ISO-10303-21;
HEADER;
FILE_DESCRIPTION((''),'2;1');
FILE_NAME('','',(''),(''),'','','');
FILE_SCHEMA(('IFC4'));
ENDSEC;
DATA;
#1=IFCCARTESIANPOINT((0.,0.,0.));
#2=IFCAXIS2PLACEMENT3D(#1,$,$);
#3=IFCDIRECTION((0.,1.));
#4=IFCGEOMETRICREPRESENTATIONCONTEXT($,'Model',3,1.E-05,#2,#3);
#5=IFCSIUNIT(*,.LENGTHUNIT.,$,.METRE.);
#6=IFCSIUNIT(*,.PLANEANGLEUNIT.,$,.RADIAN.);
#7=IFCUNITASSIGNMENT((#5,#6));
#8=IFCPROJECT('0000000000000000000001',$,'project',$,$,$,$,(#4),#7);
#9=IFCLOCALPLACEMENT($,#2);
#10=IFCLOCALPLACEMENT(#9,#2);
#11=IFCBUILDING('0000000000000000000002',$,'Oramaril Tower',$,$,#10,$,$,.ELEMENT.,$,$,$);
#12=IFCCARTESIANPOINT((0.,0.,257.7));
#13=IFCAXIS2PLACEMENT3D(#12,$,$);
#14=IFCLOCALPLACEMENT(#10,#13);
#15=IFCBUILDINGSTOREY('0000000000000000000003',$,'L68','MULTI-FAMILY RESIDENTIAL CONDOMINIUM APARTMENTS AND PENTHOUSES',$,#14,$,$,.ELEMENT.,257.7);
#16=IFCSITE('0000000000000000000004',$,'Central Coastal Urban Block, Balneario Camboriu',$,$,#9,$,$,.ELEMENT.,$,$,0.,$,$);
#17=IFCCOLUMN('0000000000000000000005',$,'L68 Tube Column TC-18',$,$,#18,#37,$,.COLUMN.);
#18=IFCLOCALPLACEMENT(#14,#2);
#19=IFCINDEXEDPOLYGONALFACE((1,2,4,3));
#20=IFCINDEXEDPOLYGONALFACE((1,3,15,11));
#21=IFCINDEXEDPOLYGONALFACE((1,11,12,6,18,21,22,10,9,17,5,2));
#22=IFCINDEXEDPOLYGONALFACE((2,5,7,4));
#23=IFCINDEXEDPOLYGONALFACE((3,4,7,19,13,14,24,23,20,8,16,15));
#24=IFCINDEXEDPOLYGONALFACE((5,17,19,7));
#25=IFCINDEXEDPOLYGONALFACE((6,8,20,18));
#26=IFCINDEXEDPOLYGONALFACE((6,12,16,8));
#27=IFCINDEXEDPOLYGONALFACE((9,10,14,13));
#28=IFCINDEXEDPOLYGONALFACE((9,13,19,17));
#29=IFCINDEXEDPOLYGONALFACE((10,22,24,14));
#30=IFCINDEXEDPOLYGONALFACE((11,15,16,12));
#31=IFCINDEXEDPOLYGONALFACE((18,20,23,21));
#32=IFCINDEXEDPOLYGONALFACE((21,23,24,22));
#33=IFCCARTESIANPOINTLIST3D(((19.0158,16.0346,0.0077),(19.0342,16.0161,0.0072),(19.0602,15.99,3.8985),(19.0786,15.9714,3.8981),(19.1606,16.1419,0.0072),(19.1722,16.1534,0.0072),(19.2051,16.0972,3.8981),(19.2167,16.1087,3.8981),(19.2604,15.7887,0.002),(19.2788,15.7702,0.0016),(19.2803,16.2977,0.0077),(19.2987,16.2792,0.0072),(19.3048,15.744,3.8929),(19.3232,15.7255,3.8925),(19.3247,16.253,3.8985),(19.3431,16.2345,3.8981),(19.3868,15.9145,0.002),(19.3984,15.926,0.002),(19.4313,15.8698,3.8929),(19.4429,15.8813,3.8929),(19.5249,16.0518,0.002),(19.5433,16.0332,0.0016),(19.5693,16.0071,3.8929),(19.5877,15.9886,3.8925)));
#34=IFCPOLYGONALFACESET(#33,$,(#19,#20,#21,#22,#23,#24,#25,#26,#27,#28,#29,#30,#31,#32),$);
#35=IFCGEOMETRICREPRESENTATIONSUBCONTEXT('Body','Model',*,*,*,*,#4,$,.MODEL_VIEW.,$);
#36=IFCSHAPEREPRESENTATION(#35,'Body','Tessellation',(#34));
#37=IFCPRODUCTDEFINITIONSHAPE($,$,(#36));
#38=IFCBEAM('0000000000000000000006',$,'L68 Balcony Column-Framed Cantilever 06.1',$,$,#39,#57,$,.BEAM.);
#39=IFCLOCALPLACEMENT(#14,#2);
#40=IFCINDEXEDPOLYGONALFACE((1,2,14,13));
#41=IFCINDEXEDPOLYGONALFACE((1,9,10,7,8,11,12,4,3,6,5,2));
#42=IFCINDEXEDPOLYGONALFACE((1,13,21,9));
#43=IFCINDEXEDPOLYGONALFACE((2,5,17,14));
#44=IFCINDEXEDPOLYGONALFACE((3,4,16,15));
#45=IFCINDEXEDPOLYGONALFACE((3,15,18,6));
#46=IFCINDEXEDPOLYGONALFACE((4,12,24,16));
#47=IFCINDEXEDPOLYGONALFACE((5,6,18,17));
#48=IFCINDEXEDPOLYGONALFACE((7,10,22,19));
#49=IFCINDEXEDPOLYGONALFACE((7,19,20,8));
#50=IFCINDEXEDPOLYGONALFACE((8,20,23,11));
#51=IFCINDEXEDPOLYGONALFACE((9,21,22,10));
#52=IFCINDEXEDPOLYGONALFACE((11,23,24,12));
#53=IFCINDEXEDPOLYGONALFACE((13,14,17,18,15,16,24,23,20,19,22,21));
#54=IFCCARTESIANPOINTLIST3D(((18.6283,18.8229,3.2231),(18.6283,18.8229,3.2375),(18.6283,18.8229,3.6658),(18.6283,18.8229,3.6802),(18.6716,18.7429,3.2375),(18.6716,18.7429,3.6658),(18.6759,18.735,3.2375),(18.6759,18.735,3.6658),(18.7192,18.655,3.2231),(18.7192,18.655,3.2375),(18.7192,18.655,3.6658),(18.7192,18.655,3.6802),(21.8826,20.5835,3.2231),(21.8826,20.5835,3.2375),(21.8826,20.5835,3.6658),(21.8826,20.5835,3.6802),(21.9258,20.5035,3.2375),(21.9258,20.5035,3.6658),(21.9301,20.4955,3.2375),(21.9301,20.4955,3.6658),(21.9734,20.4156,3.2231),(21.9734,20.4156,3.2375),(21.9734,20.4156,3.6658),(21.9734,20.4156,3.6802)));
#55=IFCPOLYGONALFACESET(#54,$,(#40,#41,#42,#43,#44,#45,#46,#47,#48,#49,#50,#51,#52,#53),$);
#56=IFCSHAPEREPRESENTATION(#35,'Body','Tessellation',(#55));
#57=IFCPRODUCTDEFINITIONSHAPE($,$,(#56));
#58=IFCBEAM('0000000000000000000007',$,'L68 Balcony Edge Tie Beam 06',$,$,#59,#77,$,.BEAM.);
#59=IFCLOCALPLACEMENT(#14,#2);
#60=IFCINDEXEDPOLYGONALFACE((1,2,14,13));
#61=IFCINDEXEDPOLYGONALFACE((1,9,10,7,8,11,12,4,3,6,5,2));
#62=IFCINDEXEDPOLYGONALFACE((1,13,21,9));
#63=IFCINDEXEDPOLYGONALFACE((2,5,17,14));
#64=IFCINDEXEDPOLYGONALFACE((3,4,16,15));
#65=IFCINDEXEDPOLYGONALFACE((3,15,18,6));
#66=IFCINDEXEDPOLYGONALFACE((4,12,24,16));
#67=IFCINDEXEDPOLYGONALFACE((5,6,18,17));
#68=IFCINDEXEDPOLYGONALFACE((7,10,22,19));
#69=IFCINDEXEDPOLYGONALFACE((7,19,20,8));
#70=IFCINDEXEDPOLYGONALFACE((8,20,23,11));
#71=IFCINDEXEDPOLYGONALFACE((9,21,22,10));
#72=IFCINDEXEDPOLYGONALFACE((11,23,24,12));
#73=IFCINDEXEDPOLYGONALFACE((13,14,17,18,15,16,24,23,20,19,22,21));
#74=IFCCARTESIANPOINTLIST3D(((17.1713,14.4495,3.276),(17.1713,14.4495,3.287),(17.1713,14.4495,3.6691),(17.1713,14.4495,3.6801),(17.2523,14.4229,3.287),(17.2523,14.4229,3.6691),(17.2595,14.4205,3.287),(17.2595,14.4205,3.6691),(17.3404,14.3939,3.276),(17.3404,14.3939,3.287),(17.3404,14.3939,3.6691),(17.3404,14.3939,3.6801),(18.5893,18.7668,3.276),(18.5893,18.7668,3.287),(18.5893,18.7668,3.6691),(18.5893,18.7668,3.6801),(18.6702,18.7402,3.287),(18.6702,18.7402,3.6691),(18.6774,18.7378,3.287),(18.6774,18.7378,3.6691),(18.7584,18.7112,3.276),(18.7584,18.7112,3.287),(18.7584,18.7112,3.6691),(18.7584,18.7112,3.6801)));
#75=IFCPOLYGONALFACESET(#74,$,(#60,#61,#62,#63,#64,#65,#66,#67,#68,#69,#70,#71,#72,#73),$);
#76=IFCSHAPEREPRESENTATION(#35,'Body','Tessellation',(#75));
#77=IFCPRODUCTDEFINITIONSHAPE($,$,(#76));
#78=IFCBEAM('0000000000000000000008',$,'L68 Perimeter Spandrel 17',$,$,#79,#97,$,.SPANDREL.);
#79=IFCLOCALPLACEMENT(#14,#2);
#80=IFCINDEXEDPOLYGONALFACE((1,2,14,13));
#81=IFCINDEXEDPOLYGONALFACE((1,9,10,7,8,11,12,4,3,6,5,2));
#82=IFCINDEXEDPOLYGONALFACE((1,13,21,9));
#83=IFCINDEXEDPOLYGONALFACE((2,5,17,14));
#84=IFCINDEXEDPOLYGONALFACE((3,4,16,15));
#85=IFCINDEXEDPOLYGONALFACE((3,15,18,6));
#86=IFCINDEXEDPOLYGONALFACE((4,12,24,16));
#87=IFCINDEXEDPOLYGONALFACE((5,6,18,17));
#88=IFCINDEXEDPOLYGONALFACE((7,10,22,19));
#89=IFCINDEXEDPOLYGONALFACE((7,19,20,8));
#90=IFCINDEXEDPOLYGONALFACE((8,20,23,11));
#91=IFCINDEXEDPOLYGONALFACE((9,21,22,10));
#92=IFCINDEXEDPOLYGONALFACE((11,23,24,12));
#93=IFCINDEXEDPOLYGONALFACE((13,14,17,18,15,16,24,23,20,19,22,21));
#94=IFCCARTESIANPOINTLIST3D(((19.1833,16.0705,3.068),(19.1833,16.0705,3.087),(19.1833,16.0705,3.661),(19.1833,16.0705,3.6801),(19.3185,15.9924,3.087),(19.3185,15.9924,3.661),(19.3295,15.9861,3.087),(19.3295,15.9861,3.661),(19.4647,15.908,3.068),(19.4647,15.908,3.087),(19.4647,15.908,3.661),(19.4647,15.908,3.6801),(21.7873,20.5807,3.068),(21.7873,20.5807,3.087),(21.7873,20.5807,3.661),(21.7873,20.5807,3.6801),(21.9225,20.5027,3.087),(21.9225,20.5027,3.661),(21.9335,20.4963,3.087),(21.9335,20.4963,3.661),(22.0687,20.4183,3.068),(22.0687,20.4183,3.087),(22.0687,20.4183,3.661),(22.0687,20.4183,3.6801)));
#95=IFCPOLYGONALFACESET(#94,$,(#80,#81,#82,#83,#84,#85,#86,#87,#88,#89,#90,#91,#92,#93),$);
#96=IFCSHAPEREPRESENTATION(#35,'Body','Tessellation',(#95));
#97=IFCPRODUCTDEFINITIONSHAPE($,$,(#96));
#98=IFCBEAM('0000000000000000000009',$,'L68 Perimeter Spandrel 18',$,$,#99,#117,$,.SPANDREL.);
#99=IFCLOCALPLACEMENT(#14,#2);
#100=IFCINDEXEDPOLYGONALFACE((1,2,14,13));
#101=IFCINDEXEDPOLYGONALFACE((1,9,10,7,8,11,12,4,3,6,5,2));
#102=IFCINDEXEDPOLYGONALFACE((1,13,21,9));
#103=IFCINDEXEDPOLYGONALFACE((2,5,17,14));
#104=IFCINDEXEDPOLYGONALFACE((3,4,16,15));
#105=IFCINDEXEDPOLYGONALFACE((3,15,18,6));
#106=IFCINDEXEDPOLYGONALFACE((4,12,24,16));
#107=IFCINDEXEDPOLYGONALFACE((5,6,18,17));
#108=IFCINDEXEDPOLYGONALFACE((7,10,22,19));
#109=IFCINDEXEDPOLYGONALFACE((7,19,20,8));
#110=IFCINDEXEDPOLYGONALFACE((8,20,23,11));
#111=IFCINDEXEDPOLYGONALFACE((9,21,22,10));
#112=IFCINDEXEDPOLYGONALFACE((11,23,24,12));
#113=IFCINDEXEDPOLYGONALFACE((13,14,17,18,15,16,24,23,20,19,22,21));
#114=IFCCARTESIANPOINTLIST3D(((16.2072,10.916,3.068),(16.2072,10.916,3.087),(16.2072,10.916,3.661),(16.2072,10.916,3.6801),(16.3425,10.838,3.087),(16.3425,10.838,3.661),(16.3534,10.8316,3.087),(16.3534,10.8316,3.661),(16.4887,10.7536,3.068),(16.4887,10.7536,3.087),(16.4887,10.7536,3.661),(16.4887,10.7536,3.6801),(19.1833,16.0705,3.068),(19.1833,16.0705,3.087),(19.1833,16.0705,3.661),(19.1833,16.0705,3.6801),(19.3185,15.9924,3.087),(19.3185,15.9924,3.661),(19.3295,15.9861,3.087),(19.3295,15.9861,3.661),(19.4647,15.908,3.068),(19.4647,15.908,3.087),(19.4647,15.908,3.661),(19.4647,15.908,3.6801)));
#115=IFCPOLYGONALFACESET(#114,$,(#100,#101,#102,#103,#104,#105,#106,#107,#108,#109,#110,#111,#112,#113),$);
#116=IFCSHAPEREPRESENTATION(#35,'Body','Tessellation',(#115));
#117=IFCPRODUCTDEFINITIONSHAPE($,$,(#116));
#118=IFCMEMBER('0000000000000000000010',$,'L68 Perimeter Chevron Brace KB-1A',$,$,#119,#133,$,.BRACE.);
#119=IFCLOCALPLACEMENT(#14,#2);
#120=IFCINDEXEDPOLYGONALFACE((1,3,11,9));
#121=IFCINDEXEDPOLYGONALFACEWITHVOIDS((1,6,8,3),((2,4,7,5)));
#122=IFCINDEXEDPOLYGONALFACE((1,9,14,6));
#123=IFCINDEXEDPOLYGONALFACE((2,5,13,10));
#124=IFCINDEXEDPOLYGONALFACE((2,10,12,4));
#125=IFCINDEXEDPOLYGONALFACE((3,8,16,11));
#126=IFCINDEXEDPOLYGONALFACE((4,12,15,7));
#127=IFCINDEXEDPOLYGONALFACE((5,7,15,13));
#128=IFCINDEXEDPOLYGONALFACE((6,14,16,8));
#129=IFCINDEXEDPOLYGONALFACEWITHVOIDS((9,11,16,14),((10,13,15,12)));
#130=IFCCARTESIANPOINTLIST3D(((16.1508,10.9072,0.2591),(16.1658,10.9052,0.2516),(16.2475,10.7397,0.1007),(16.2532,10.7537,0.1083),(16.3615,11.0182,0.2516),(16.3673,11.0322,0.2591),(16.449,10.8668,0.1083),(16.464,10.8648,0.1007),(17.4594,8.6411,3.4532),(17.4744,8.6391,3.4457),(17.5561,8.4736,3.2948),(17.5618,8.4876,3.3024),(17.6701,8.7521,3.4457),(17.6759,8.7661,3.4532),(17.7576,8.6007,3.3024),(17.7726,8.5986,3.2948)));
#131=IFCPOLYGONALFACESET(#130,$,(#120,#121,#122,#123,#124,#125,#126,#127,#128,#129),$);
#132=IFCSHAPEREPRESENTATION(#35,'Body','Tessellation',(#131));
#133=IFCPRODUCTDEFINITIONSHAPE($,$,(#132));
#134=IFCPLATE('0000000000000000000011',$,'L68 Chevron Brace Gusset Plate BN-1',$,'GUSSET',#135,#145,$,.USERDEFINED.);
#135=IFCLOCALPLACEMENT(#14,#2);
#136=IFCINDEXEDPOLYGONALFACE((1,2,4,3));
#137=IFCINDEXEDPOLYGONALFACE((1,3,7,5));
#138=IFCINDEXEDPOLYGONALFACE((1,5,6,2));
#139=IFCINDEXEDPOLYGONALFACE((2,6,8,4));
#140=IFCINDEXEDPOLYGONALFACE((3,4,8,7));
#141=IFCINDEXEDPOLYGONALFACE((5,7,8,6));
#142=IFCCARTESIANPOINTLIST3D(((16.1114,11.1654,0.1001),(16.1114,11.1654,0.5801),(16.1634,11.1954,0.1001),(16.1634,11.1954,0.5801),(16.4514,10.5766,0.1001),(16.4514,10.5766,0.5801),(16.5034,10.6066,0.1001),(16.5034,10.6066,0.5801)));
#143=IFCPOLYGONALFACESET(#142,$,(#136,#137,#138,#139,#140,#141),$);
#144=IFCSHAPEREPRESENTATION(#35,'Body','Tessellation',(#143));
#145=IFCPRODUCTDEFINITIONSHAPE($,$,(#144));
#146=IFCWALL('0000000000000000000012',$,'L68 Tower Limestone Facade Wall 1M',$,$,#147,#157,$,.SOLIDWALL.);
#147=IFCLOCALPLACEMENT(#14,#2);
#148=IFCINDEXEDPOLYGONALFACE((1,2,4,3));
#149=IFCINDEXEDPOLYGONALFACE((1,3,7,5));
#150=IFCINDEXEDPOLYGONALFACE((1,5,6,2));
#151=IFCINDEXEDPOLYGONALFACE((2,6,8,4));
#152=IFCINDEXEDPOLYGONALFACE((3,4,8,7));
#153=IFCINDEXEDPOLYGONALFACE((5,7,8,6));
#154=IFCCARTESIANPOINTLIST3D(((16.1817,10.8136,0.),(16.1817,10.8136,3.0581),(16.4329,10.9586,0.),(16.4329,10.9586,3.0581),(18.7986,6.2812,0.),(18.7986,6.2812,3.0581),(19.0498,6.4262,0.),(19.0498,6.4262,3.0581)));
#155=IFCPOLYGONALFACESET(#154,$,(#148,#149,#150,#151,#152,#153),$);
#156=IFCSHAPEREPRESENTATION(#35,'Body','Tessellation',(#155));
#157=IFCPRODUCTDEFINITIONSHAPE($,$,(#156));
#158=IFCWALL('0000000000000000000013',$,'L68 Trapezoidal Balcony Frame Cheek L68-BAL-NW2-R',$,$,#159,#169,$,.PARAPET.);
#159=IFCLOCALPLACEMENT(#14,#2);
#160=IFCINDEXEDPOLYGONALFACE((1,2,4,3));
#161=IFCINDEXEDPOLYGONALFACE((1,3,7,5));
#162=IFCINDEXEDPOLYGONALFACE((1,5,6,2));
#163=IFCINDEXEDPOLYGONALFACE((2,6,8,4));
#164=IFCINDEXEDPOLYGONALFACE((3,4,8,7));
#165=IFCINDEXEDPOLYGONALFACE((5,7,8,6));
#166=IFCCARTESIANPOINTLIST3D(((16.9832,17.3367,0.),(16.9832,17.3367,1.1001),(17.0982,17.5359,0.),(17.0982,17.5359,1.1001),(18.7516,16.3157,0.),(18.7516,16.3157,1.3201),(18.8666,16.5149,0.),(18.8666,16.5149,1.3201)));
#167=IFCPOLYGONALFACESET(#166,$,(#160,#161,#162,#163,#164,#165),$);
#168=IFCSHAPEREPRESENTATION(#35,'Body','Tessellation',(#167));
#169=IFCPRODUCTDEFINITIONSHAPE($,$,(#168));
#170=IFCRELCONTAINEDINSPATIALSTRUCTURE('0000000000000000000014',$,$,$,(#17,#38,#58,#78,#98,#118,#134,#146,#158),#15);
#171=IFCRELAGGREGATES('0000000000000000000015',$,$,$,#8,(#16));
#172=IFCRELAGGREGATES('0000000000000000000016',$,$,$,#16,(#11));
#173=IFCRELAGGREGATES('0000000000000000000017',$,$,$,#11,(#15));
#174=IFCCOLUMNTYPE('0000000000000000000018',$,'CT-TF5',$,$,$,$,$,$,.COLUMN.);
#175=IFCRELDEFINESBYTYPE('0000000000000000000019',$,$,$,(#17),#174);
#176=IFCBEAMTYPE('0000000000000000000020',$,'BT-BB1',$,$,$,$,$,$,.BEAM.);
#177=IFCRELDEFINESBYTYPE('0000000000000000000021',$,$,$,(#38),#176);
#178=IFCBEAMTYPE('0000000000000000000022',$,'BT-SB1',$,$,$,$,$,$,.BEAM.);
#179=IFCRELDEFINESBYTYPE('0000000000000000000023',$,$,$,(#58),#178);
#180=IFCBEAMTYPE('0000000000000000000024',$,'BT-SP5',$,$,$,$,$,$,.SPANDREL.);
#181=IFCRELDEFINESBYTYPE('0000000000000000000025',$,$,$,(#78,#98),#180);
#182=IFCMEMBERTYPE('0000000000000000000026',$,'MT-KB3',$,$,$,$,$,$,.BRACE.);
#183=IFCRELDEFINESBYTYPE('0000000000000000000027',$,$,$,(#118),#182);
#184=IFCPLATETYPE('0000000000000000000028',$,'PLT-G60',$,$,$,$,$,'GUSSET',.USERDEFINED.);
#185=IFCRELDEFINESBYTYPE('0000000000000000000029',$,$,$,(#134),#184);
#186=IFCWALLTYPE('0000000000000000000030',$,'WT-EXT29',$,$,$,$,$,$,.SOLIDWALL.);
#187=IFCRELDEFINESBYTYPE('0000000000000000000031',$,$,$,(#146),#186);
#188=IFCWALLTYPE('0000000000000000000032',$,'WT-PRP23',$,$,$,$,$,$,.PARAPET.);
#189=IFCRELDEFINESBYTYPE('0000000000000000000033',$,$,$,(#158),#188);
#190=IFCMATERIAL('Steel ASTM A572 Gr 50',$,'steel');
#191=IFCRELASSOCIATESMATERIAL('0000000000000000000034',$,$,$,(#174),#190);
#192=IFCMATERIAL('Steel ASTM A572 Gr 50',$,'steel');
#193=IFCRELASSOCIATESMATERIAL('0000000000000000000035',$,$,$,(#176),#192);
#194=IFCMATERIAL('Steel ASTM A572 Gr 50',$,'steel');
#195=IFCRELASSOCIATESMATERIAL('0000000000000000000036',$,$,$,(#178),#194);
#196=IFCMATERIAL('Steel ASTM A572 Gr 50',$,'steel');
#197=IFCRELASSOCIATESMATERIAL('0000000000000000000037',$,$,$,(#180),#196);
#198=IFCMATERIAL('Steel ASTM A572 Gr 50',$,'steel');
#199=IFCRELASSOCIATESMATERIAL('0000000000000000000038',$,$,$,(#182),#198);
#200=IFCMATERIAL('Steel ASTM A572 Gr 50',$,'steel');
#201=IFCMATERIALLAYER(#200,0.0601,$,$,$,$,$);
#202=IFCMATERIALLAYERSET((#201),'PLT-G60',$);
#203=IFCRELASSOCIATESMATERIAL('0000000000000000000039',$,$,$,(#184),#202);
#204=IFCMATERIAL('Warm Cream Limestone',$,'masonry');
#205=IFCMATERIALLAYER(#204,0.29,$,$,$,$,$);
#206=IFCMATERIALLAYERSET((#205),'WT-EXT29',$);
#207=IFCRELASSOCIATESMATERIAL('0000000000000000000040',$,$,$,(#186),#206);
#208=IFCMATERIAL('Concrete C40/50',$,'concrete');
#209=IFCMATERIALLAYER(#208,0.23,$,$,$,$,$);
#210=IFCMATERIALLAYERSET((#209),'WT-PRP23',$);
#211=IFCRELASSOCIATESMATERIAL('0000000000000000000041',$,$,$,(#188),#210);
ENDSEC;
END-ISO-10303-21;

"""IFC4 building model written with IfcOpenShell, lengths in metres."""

from ifc_helpers import new_model, si_unit, direction, frame, frame_2d, origin, origin_2d, place, context, subcontext, project, spatial, polyline, rectangle, hollow_rectangle, i_section, outline, extrude, material, layer, layer_set, material_profile, profile_set, type_object, element, save


model = new_model("IFC4")

# Units and contexts
model_context = context("Model", 3, precision=1e-05, world=origin(), true_north=direction((0.0, 1.0)))
body_context = subcontext(model_context, "Body", "Model", "MODEL_VIEW")
ifc_project = project(units=[si_unit("LENGTHUNIT", "METRE"), si_unit("PLANEANGLEUNIT", "RADIAN")], contexts=[model_context])

# Site, building, storey
site_placement = place(None, origin())
site = spatial("IfcSite", under=ifc_project, at=site_placement, Name="Central Coastal Urban Block, Balneario Camboriu", CompositionType="ELEMENT", RefElevation=0.0)
building_placement = place(site_placement, origin())
building = spatial("IfcBuilding", under=site, at=building_placement, Name="Oramaril Tower", CompositionType="ELEMENT")
storey_placement = place(building_placement, frame((0.0, 0.0, 257.7)))
storey = spatial("IfcBuildingStorey", under=building, at=storey_placement, Name="L68", Description="MULTI-FAMILY RESIDENTIAL CONDOMINIUM APARTMENTS AND PENTHOUSES", CompositionType="ELEMENT", Elevation=257.7)

# Column
ifc_material_1 = material(Name="Steel ASTM A572 Gr 50", Category="steel")
ifc_material_profile_1 = material_profile(ifc_material_1, i_section(OverallWidth=0.373, OverallDepth=0.373, WebThickness=0.0164, FlangeThickness=0.0261, at=origin_2d()), Name="W14X132")
ifc_profile_set_1 = profile_set([ifc_material_profile_1], Name="Steel ASTM A572 Gr 50")
column_type = type_object("IfcColumnType", Name="CT-TF5", PredefinedType="COLUMN", material=ifc_profile_set_1)
column_placement = place(storey_placement, frame((19.2795, 16.0339, 0.0046), z_axis=(0.011418, -0.011481, 0.999869), x_axis=(0.709041, 0.705167, 0.0)))
element("IfcColumn", 1, at=column_placement, inside=storey, type_object=column_type, Name="L68 Tube Column TC-18", PredefinedType="COLUMN", context=body_context, shape_type="SweptSolid", body=[
    extrude(i_section(OverallWidth=0.373, OverallDepth=0.373, WebThickness=0.0164, FlangeThickness=0.0261, at=origin_2d()), origin(), (0.0, 0.0, 1.0), 3.8914),
])

# Beams
ifc_material_2 = material(Name="Steel ASTM A572 Gr 50", Category="steel")
ifc_material_profile_2 = material_profile(ifc_material_2, i_section(OverallWidth=0.1909, OverallDepth=0.457, WebThickness=0.009, FlangeThickness=0.0144, at=origin_2d()), Name="W18X50")
ifc_profile_set_2 = profile_set([ifc_material_profile_2], Name="Steel ASTM A572 Gr 50")
beam_type_1 = type_object("IfcBeamType", Name="BT-BB1", PredefinedType="BEAM", material=ifc_profile_set_2)
beam_1_placement = place(storey_placement, frame((21.928, 20.4995, 3.4517), z_axis=(-0.879537, -0.47583, 0.0), x_axis=(0.47583, -0.879537, 0.0)))
element("IfcBeam", 2, at=beam_1_placement, inside=storey, type_object=beam_type_1, Name="L68 Balcony Column-Framed Cantilever 06.1", PredefinedType="BEAM", context=body_context, shape_type="SweptSolid", body=[
    extrude(i_section(OverallWidth=0.1909, OverallDepth=0.457, WebThickness=0.009, FlangeThickness=0.0144, at=origin_2d()), origin(), (0.0, 0.0, 1.0), 3.7),
])
ifc_material_3 = material(Name="Steel ASTM A572 Gr 50", Category="steel")
ifc_material_profile_3 = material_profile(ifc_material_3, i_section(OverallWidth=0.178, OverallDepth=0.4041, WebThickness=0.0076, FlangeThickness=0.011, at=origin_2d()), Name="W16X36")
ifc_profile_set_3 = profile_set([ifc_material_profile_3], Name="Steel ASTM A572 Gr 50")
beam_type_2 = type_object("IfcBeamType", Name="BT-SB1", PredefinedType="BEAM", material=ifc_profile_set_3)
beam_2_placement = place(storey_placement, frame((18.6738, 18.739, 3.478), z_axis=(-0.312034, -0.950071, 0.0), x_axis=(0.950071, -0.312034, 0.0)))
element("IfcBeam", 3, at=beam_2_placement, inside=storey, type_object=beam_type_2, Name="L68 Balcony Edge Tie Beam 06", PredefinedType="BEAM", context=body_context, shape_type="SweptSolid", body=[
    extrude(i_section(OverallWidth=0.178, OverallDepth=0.4041, WebThickness=0.0076, FlangeThickness=0.011, at=origin_2d()), origin(), (0.0, 0.0, 1.0), 4.5442),
])
ifc_material_4 = material(Name="Steel ASTM A572 Gr 50", Category="steel")
ifc_material_profile_4 = material_profile(ifc_material_4, i_section(OverallWidth=0.325, OverallDepth=0.6121, WebThickness=0.0127, FlangeThickness=0.019, at=origin_2d()), Name="W24X104")
ifc_profile_set_4 = profile_set([ifc_material_profile_4], Name="Steel ASTM A572 Gr 50")
beam_type_3 = type_object("IfcBeamType", Name="BT-SP5", PredefinedType="SPANDREL", material=ifc_profile_set_4)
beam_3_placement = place(storey_placement, frame((21.928, 20.4995, 3.374), z_axis=(-0.500001, -0.866025, 0.0), x_axis=(0.866025, -0.500001, 0.0)))
element("IfcBeam", 4, at=beam_3_placement, inside=storey, type_object=beam_type_3, Name="L68 Perimeter Spandrel 17", PredefinedType="SPANDREL", context=body_context, shape_type="SweptSolid", body=[
    extrude(i_section(OverallWidth=0.325, OverallDepth=0.6121, WebThickness=0.0127, FlangeThickness=0.019, at=origin_2d()), origin(), (0.0, 0.0, 1.0), 5.208),
])
beam_4_placement = place(storey_placement, frame((19.324, 15.9893, 3.374), z_axis=(-0.500012, -0.866018, 0.0), x_axis=(0.866018, -0.500012, 0.0)))
element("IfcBeam", 5, at=beam_4_placement, inside=storey, type_object=beam_type_3, Name="L68 Perimeter Spandrel 18", PredefinedType="SPANDREL", context=body_context, shape_type="SweptSolid", body=[
    extrude(i_section(OverallWidth=0.325, OverallDepth=0.6121, WebThickness=0.0127, FlangeThickness=0.019, at=origin_2d()), origin(), (0.0, 0.0, 1.0), 5.9519),
])

# Member
ifc_material_5 = material(Name="Steel ASTM A572 Gr 50", Category="steel")
ifc_material_profile_5 = material_profile(ifc_material_5, hollow_rectangle(XDim=0.25, YDim=0.25, WallThickness=0.012, at=origin_2d()), Name="HSS250X250X12")
ifc_profile_set_5 = profile_set([ifc_material_profile_5], Name="Steel ASTM A572 Gr 50")
member_type = type_object("IfcMemberType", Name="MT-KB3", PredefinedType="BRACE", material=ifc_profile_set_5)
member_placement = place(storey_placement, frame((16.3074, 10.886, 0.1799), z_axis=(0.316916, -0.548808, 0.773546), x_axis=(0.865984, 0.500072, 0.0)))
element("IfcMember", 6, at=member_placement, inside=storey, type_object=member_type, Name="L68 Perimeter Chevron Brace KB-1A", PredefinedType="BRACE", context=body_context, shape_type="SweptSolid", body=[
    extrude(hollow_rectangle(XDim=0.25, YDim=0.25, WallThickness=0.012, at=origin_2d()), origin(), (0.0, 0.0, 1.0), 4.1292),
])

# Plate
ifc_material_6 = material(Name="Steel ASTM A572 Gr 50", Category="steel")
ifc_layer_1 = layer(ifc_material_6, 0.0601)
ifc_layer_set_1 = layer_set([ifc_layer_1], Name="PLT-G60")
plate_type = type_object("IfcPlateType", Name="PLT-G60", ElementType="GUSSET", PredefinedType="USERDEFINED", material=ifc_layer_set_1)
plate_placement = place(storey_placement, frame((16.3074, 10.886, 0.1001), z_axis=(0.0, 0.0, 1.0), x_axis=(0.500009, -0.86602, 0.0)))
element("IfcPlate", 7, at=plate_placement, inside=storey, type_object=plate_type, Name="L68 Chevron Brace Gusset Plate BN-1", ObjectType="GUSSET", PredefinedType="USERDEFINED", context=body_context, shape_type="SweptSolid", body=[
    extrude(rectangle(XDim=0.6799, YDim=0.0601, at=origin_2d()), origin(), (0.0, 0.0, 1.0), 0.48),
])

# Walls
ifc_material_7 = material(Name="Warm Cream Limestone", Category="masonry")
ifc_layer_2 = layer(ifc_material_7, 0.29)
ifc_layer_set_2 = layer_set([ifc_layer_2], Name="WT-EXT29")
wall_type_1 = type_object("IfcWallType", Name="WT-EXT29", PredefinedType="SOLIDWALL", material=ifc_layer_set_2)
wall_1_placement = place(storey_placement, frame((16.3074, 10.886, 0.0), z_axis=(0.0, 0.0, 1.0), x_axis=(0.500017, -0.866015, 0.0)))
element("IfcWall", 8, at=wall_1_placement, inside=storey, type_object=wall_type_1, Name="L68 Tower Limestone Facade Wall 1M", PredefinedType="SOLIDWALL", context=body_context, shape_type="SweptSolid", body=[
    extrude(rectangle(XDim=5.2336, YDim=0.29, at=frame_2d((2.6167, 0.0))), origin(), (0.0, 0.0, 1.0), 3.0581),
])
ifc_material_8 = material(Name="Concrete C40/50", Category="concrete")
ifc_layer_3 = layer(ifc_material_8, 0.23)
ifc_layer_set_3 = layer_set([ifc_layer_3], Name="WT-PRP23")
wall_type_2 = type_object("IfcWallType", Name="WT-PRP23", PredefinedType="PARAPET", material=ifc_layer_set_3)
wall_2_placement = place(storey_placement, frame((18.8091, 16.4153, 0.0), z_axis=(0.0, 0.0, 1.0), x_axis=(-0.866012, 0.500023, 0.0)))
element("IfcWall", 9, at=wall_2_placement, inside=storey, type_object=wall_type_2, Name="L68 Trapezoidal Balcony Frame Cheek L68-BAL-NW2-R", PredefinedType="PARAPET", context=body_context, shape_type="SweptSolid", body=[
    extrude(outline(polyline([(0.0, 0.0), (2.042, 0.0), (2.042, 1.1001), (0.0, 1.3201), (0.0, 0.0)])), frame((0.0, 0.115, 0.0), z_axis=(0.0, -1.0, 0.0), x_axis=(1.0, 0.0, 0.0)), (0.0, 0.0, 1.0), 0.23),
])

save(model, "model.ifc")
